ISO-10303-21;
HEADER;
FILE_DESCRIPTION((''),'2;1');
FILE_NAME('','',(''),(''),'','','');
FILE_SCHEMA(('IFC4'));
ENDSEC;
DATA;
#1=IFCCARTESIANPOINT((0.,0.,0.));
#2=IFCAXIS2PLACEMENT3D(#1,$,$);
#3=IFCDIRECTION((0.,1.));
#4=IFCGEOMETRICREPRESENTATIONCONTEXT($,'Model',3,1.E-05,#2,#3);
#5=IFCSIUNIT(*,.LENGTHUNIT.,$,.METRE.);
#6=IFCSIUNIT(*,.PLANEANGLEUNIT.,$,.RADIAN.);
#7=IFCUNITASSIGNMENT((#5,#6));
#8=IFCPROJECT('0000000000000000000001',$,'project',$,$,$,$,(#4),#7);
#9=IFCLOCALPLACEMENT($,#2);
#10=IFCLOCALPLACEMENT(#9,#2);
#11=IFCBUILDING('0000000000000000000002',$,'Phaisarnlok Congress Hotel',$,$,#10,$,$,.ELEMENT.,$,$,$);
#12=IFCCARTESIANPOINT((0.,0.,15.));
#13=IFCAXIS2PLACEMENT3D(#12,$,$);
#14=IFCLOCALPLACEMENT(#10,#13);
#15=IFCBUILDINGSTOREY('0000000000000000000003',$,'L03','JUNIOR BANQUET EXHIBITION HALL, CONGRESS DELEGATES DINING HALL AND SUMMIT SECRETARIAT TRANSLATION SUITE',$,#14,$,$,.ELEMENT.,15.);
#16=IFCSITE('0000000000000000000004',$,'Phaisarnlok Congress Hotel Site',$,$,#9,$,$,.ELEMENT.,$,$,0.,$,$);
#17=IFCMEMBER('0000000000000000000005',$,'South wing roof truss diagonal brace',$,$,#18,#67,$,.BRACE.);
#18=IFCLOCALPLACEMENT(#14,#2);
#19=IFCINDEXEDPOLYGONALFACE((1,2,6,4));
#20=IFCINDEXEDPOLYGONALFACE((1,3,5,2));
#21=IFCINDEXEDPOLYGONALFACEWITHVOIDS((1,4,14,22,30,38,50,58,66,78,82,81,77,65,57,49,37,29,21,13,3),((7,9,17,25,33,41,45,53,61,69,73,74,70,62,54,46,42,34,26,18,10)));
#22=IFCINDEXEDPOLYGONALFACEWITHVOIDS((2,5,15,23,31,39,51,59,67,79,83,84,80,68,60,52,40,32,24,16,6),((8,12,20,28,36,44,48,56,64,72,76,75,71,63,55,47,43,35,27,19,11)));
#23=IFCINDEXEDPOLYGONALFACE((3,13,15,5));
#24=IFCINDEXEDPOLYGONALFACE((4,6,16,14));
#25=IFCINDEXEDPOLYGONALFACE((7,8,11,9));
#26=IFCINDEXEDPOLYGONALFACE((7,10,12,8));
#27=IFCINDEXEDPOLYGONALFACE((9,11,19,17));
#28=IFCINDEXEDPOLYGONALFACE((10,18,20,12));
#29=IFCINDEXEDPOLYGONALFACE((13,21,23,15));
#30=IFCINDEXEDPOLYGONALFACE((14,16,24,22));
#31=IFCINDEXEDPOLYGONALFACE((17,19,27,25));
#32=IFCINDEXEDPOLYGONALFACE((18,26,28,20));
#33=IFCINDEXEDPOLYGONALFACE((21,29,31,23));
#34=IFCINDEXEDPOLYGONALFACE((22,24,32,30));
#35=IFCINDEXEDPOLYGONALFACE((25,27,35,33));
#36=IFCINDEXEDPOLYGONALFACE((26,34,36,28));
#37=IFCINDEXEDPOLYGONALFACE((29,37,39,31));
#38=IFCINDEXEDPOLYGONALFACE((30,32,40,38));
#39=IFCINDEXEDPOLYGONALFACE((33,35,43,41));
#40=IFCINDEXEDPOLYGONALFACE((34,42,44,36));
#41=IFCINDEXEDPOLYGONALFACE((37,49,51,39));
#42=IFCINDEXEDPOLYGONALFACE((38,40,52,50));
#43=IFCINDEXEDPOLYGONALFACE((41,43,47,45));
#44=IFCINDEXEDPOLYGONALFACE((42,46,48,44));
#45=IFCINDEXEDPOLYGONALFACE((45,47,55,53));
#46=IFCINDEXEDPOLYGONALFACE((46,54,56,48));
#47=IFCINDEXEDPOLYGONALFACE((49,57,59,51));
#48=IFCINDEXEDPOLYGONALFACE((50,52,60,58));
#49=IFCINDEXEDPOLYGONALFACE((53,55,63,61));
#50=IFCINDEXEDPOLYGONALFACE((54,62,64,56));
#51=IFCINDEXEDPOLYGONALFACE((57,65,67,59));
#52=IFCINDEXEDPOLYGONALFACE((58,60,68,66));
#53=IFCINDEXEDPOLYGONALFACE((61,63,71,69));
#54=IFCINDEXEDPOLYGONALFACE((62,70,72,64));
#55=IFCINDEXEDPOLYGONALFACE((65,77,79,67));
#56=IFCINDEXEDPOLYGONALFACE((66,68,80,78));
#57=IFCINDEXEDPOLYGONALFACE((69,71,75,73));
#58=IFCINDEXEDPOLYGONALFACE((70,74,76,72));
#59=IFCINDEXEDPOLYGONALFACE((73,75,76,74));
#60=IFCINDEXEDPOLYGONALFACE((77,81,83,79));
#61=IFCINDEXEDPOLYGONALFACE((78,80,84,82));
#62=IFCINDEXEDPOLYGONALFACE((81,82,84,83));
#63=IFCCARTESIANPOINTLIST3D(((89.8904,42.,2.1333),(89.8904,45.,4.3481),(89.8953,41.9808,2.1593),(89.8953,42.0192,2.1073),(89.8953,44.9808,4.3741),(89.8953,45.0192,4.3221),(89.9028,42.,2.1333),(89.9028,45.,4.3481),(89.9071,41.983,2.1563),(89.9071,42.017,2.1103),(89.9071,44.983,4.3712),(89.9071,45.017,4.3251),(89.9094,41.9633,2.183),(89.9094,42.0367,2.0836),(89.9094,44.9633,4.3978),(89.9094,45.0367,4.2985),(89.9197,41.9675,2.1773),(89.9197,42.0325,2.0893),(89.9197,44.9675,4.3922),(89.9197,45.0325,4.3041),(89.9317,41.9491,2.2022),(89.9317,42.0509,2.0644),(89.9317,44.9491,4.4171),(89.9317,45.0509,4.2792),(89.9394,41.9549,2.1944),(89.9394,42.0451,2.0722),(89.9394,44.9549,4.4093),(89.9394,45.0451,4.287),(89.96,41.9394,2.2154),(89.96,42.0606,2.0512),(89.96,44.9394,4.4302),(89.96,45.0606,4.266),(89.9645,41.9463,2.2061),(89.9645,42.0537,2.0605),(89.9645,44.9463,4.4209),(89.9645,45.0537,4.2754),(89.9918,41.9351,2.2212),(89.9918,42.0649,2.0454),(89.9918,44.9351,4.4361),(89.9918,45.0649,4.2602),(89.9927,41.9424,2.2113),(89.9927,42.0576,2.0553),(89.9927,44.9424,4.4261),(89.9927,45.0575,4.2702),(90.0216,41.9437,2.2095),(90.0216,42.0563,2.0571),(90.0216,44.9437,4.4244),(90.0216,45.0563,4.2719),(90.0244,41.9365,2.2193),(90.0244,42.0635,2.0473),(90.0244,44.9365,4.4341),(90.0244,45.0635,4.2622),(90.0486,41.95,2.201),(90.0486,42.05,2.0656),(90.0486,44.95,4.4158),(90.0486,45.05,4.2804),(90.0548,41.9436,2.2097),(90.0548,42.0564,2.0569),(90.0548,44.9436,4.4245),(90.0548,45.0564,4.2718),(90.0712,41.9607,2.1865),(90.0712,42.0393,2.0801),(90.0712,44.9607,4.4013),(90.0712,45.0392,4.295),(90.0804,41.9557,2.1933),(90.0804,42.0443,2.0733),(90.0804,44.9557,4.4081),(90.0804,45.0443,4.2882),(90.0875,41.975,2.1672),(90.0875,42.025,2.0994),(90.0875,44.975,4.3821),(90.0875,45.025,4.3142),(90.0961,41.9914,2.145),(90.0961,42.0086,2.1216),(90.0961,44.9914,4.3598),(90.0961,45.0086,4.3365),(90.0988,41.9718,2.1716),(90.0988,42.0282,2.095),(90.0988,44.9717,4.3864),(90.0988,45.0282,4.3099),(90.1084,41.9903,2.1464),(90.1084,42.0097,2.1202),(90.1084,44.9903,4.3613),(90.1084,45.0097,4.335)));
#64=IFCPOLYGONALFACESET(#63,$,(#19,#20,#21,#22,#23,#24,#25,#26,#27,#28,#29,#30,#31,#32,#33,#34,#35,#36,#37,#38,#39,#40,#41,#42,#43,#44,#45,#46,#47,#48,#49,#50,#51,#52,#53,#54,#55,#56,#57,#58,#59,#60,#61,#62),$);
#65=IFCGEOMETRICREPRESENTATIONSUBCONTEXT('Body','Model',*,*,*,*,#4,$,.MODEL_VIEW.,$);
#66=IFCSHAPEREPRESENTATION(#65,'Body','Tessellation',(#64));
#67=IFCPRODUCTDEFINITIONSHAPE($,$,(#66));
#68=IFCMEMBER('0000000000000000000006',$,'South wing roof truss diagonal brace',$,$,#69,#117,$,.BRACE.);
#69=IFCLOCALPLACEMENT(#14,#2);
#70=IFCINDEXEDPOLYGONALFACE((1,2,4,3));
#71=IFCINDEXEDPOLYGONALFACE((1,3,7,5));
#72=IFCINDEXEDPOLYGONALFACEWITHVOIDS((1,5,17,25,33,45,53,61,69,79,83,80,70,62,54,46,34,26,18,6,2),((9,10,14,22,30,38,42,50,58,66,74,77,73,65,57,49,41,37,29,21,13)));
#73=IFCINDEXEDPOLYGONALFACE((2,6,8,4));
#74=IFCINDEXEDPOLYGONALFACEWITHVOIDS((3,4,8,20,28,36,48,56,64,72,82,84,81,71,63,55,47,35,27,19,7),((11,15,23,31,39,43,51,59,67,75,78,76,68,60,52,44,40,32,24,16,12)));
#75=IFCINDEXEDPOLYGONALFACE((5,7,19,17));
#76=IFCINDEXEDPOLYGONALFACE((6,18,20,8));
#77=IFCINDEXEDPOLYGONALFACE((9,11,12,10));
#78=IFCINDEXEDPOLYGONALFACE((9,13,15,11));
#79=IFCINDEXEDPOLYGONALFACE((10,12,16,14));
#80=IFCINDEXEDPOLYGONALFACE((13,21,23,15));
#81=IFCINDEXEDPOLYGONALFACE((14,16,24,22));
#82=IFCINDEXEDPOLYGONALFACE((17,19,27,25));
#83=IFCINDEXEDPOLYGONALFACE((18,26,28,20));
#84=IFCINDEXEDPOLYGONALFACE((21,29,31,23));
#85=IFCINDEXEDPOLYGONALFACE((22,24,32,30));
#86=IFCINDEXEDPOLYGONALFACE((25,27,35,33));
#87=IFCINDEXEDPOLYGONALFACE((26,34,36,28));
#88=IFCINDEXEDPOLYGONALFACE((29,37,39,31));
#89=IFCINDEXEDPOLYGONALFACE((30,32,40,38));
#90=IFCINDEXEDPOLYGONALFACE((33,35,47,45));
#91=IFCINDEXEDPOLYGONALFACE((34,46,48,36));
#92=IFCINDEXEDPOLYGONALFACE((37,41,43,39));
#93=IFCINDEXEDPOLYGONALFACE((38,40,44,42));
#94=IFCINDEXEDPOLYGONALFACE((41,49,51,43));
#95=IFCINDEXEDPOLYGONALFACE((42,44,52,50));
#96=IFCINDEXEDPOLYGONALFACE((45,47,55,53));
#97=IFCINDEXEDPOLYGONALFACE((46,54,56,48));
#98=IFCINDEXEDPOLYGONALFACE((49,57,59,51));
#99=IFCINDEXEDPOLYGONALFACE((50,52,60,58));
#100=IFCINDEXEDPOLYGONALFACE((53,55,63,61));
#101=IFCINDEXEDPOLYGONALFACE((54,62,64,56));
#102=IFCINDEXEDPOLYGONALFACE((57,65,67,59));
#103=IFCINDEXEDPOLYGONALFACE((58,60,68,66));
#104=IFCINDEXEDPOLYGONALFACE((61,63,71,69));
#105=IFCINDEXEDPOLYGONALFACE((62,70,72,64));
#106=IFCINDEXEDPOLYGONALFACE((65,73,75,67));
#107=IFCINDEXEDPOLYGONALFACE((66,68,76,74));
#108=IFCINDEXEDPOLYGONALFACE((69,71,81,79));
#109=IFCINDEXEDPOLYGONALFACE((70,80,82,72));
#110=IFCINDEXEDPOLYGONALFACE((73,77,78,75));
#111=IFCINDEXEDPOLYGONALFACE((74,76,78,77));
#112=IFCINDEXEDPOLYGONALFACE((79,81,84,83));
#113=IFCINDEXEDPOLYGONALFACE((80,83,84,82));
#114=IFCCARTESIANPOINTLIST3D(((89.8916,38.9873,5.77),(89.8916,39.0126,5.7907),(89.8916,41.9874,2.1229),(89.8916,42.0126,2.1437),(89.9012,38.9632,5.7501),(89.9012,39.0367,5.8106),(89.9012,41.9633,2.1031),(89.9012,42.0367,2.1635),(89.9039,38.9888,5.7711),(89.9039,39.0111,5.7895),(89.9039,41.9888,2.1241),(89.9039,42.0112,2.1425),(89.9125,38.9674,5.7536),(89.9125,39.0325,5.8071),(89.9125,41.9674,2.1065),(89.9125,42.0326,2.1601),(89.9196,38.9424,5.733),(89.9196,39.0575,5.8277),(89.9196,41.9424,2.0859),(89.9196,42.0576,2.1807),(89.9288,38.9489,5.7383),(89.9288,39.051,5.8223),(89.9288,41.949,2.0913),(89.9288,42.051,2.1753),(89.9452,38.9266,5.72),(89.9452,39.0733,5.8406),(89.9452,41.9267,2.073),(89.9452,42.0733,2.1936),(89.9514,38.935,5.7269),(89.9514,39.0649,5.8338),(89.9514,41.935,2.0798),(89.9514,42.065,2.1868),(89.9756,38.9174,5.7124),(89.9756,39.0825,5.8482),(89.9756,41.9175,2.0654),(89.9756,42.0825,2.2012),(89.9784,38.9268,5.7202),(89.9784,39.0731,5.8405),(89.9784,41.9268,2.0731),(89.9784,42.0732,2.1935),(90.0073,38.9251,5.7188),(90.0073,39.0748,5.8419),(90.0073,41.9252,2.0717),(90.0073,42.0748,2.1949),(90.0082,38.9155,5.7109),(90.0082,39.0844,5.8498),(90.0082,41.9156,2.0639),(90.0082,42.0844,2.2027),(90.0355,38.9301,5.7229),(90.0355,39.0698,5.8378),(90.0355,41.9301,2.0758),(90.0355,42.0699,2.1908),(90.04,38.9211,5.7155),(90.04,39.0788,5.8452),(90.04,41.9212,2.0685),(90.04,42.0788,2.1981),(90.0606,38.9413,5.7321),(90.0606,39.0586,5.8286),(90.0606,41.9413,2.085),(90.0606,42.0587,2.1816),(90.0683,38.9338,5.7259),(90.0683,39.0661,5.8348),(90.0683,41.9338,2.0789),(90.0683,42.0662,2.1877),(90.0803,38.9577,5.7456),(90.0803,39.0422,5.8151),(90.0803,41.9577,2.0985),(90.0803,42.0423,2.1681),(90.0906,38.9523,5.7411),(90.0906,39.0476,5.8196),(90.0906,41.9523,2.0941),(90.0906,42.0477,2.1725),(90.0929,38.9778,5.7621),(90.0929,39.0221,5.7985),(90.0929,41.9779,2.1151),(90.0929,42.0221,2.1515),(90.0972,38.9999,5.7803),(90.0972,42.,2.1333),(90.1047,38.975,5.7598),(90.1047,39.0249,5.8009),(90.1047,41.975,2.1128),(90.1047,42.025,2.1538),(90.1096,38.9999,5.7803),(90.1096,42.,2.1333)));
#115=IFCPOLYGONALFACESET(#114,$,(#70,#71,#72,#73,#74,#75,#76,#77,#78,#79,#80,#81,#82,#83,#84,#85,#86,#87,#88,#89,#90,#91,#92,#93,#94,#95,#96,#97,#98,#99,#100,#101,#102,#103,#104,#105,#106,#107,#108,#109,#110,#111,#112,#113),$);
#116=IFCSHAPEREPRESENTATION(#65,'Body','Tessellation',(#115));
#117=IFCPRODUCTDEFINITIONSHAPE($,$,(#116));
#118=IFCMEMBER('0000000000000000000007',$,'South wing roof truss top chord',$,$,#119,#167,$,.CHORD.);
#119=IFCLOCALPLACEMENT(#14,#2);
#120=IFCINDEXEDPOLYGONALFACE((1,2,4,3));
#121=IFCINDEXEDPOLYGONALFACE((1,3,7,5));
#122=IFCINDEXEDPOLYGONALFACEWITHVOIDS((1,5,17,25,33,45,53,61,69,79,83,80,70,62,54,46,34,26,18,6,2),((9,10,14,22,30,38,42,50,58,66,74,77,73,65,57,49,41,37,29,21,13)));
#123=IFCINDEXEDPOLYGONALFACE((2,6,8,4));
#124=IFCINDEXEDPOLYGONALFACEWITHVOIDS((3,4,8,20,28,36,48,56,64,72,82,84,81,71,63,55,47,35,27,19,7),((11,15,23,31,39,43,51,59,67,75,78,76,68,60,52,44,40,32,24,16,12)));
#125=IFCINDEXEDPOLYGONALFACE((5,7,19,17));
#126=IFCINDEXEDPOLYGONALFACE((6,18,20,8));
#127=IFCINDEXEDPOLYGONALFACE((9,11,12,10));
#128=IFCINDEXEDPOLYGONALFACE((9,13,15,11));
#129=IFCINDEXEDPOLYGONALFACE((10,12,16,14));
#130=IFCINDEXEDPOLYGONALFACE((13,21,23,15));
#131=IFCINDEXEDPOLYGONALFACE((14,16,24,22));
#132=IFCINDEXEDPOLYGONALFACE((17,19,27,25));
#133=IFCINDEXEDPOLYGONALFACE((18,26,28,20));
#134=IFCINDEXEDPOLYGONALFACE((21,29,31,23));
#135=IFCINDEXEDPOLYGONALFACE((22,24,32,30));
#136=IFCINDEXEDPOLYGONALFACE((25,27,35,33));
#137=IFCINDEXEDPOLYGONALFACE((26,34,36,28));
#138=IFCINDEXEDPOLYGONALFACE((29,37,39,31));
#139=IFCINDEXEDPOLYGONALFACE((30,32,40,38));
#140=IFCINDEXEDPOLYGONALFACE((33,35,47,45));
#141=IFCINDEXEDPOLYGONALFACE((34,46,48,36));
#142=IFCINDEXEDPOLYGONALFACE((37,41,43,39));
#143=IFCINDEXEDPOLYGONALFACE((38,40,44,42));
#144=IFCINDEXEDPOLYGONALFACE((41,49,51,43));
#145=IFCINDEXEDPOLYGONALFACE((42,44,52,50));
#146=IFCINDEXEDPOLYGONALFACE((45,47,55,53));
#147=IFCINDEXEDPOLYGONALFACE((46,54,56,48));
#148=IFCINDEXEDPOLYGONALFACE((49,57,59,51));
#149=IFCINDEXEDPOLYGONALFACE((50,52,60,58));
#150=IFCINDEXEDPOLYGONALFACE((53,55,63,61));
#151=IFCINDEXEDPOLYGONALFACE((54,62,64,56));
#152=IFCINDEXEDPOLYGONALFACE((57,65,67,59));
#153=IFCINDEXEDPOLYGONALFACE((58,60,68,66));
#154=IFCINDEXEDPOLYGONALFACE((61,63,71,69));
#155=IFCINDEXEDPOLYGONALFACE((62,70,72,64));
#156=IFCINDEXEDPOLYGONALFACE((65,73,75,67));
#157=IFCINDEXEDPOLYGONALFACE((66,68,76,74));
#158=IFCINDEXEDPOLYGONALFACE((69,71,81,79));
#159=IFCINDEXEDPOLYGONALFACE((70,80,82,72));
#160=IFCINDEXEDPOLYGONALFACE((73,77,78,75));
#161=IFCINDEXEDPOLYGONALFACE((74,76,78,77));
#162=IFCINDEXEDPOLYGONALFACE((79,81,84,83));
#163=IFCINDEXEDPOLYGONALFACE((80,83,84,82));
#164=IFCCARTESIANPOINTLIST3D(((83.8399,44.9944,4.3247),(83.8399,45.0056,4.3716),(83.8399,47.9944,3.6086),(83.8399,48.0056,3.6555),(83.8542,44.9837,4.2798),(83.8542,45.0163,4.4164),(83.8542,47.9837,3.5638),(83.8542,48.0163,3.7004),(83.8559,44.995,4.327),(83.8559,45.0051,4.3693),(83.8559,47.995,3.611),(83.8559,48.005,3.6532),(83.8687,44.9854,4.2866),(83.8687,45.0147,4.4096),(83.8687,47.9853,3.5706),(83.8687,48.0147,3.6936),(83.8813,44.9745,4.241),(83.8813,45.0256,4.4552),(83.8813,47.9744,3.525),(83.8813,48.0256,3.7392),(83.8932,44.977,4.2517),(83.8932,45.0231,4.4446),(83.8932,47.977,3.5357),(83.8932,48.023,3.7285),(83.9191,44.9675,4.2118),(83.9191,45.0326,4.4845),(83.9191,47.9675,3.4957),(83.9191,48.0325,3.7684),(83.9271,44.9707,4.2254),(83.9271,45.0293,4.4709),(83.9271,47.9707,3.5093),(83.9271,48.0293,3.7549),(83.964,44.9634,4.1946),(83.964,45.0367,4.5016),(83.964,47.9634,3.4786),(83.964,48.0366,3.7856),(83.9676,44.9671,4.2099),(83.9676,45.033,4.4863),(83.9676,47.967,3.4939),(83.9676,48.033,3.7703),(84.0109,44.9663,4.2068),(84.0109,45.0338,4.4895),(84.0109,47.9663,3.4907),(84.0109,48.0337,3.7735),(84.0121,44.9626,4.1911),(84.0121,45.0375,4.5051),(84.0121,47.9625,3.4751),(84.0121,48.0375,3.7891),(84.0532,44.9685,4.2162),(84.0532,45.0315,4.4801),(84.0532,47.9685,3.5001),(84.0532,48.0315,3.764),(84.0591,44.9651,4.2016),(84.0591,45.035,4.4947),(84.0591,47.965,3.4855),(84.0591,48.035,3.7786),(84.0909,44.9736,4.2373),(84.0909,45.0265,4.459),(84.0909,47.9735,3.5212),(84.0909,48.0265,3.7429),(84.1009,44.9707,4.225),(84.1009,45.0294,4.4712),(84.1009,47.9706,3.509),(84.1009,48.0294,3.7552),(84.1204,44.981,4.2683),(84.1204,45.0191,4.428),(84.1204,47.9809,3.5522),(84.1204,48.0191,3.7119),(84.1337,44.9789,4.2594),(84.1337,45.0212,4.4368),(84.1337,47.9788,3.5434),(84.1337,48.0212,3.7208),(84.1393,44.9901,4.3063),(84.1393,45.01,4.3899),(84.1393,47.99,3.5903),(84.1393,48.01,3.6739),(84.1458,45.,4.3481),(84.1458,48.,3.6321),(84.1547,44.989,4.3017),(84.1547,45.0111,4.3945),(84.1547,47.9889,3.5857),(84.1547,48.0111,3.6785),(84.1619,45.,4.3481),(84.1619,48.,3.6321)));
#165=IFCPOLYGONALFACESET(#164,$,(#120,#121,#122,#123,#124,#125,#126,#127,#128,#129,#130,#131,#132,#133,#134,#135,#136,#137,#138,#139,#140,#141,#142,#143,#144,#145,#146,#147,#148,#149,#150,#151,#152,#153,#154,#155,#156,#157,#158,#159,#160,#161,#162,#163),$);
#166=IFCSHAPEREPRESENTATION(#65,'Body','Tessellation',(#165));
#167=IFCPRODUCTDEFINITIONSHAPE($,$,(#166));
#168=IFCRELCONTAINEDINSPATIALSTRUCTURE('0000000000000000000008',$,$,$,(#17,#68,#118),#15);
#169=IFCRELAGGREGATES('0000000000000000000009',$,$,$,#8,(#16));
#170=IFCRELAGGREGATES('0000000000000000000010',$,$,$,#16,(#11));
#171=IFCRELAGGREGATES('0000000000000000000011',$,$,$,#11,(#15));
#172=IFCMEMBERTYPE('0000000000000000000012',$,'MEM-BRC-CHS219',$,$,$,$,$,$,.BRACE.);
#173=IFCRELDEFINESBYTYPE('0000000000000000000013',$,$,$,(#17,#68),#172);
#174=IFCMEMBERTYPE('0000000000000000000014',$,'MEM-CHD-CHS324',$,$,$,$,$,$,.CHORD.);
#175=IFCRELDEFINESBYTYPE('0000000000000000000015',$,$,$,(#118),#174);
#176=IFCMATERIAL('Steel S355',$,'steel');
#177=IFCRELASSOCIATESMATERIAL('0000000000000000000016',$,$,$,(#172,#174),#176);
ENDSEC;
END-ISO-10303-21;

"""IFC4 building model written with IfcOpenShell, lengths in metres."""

from ifc_helpers import new_model, si_unit, direction, frame, origin, origin_2d, place, context, subcontext, project, spatial, hollow_circle, extrude, material, material_profile, profile_set, type_object, element, save


model = new_model("IFC4")

# Units and contexts
model_context = context("Model", 3, precision=1e-05, world=origin(), true_north=direction((0.0, 1.0)))
body_context = subcontext(model_context, "Body", "Model", "MODEL_VIEW")
ifc_project = project(units=[si_unit("LENGTHUNIT", "METRE"), si_unit("PLANEANGLEUNIT", "RADIAN")], contexts=[model_context])

# Site, building, storey
site_placement = place(None, origin())
site = spatial("IfcSite", under=ifc_project, at=site_placement, Name="Phaisarnlok Congress Hotel Site", CompositionType="ELEMENT", RefElevation=0.0)
building_placement = place(site_placement, origin())
building = spatial("IfcBuilding", under=site, at=building_placement, Name="Phaisarnlok Congress Hotel", CompositionType="ELEMENT")
storey_placement = place(building_placement, frame((0.0, 0.0, 15.0)))
storey = spatial("IfcBuildingStorey", under=building, at=storey_placement, Name="L03", Description="JUNIOR BANQUET EXHIBITION HALL, CONGRESS DELEGATES DINING HALL AND SUMMIT SECRETARIAT TRANSLATION SUITE", CompositionType="ELEMENT", Elevation=15.0)

# Shared definitions
ifc_material = material(Name="Steel S355", Category="steel")

# Members
ifc_material_profile_1 = material_profile(ifc_material, hollow_circle(Radius=0.1096, WallThickness=0.0125, at=origin_2d()), Name="CHS 219.1x12.5")
ifc_profile_set_1 = profile_set([ifc_material_profile_1], Name="Steel S355")
member_type_1 = type_object("IfcMemberType", Name="MEM-BRC-CHS219", PredefinedType="BRACE", material=ifc_profile_set_1)
member_1_placement = place(storey_placement, frame((90.0, 42.0, 2.1333), z_axis=(0.0, 0.804503, 0.593949), x_axis=(-1.0, 0.0, 0.0)))
element("IfcMember", 1, at=member_1_placement, inside=storey, type_object=member_type_1, Name="South wing roof truss diagonal brace", PredefinedType="BRACE", context=body_context, shape_type="SweptSolid", body=[
    extrude(hollow_circle(Radius=0.1096, WallThickness=0.0125, at=origin_2d()), origin(), (0.0, 0.0, 1.0), 3.729),
])
member_2_placement = place(storey_placement, frame((90.0, 42.0, 2.1333), z_axis=(0.0, -0.635279, 0.772282), x_axis=(1.0, 0.0, 0.0)))
element("IfcMember", 2, at=member_2_placement, inside=storey, type_object=member_type_1, Name="South wing roof truss diagonal brace", PredefinedType="BRACE", context=body_context, shape_type="SweptSolid", body=[
    extrude(hollow_circle(Radius=0.1096, WallThickness=0.0125, at=origin_2d()), origin(), (0.0, 0.0, 1.0), 4.7224),
])
ifc_material_profile_2 = material_profile(ifc_material, hollow_circle(Radius=0.1619, WallThickness=0.0161, at=origin_2d()), Name="CHS 323.9x16")
ifc_profile_set_2 = profile_set([ifc_material_profile_2], Name="Steel S355")
member_type_2 = type_object("IfcMemberType", Name="MEM-CHD-CHS324", PredefinedType="CHORD", material=ifc_profile_set_2)
for number, where, z_axis, x_axis, name in (
    (3, (84.0, 48.0, 3.6321), (0.0, -0.972676, 0.232166), (1.0, 0.0, 0.0), "South wing roof truss top chord"),
):
    element("IfcMember", number, at=place(storey_placement, frame(where, z_axis=z_axis, x_axis=x_axis)), inside=storey, type_object=member_type_2, Name=name, PredefinedType="CHORD", context=body_context, shape_type="SweptSolid", body=[
        extrude(hollow_circle(Radius=0.1619, WallThickness=0.0161, at=origin_2d()), origin(), (0.0, 0.0, 1.0), 3.0842),
    ])

save(model, "model.ifc")
